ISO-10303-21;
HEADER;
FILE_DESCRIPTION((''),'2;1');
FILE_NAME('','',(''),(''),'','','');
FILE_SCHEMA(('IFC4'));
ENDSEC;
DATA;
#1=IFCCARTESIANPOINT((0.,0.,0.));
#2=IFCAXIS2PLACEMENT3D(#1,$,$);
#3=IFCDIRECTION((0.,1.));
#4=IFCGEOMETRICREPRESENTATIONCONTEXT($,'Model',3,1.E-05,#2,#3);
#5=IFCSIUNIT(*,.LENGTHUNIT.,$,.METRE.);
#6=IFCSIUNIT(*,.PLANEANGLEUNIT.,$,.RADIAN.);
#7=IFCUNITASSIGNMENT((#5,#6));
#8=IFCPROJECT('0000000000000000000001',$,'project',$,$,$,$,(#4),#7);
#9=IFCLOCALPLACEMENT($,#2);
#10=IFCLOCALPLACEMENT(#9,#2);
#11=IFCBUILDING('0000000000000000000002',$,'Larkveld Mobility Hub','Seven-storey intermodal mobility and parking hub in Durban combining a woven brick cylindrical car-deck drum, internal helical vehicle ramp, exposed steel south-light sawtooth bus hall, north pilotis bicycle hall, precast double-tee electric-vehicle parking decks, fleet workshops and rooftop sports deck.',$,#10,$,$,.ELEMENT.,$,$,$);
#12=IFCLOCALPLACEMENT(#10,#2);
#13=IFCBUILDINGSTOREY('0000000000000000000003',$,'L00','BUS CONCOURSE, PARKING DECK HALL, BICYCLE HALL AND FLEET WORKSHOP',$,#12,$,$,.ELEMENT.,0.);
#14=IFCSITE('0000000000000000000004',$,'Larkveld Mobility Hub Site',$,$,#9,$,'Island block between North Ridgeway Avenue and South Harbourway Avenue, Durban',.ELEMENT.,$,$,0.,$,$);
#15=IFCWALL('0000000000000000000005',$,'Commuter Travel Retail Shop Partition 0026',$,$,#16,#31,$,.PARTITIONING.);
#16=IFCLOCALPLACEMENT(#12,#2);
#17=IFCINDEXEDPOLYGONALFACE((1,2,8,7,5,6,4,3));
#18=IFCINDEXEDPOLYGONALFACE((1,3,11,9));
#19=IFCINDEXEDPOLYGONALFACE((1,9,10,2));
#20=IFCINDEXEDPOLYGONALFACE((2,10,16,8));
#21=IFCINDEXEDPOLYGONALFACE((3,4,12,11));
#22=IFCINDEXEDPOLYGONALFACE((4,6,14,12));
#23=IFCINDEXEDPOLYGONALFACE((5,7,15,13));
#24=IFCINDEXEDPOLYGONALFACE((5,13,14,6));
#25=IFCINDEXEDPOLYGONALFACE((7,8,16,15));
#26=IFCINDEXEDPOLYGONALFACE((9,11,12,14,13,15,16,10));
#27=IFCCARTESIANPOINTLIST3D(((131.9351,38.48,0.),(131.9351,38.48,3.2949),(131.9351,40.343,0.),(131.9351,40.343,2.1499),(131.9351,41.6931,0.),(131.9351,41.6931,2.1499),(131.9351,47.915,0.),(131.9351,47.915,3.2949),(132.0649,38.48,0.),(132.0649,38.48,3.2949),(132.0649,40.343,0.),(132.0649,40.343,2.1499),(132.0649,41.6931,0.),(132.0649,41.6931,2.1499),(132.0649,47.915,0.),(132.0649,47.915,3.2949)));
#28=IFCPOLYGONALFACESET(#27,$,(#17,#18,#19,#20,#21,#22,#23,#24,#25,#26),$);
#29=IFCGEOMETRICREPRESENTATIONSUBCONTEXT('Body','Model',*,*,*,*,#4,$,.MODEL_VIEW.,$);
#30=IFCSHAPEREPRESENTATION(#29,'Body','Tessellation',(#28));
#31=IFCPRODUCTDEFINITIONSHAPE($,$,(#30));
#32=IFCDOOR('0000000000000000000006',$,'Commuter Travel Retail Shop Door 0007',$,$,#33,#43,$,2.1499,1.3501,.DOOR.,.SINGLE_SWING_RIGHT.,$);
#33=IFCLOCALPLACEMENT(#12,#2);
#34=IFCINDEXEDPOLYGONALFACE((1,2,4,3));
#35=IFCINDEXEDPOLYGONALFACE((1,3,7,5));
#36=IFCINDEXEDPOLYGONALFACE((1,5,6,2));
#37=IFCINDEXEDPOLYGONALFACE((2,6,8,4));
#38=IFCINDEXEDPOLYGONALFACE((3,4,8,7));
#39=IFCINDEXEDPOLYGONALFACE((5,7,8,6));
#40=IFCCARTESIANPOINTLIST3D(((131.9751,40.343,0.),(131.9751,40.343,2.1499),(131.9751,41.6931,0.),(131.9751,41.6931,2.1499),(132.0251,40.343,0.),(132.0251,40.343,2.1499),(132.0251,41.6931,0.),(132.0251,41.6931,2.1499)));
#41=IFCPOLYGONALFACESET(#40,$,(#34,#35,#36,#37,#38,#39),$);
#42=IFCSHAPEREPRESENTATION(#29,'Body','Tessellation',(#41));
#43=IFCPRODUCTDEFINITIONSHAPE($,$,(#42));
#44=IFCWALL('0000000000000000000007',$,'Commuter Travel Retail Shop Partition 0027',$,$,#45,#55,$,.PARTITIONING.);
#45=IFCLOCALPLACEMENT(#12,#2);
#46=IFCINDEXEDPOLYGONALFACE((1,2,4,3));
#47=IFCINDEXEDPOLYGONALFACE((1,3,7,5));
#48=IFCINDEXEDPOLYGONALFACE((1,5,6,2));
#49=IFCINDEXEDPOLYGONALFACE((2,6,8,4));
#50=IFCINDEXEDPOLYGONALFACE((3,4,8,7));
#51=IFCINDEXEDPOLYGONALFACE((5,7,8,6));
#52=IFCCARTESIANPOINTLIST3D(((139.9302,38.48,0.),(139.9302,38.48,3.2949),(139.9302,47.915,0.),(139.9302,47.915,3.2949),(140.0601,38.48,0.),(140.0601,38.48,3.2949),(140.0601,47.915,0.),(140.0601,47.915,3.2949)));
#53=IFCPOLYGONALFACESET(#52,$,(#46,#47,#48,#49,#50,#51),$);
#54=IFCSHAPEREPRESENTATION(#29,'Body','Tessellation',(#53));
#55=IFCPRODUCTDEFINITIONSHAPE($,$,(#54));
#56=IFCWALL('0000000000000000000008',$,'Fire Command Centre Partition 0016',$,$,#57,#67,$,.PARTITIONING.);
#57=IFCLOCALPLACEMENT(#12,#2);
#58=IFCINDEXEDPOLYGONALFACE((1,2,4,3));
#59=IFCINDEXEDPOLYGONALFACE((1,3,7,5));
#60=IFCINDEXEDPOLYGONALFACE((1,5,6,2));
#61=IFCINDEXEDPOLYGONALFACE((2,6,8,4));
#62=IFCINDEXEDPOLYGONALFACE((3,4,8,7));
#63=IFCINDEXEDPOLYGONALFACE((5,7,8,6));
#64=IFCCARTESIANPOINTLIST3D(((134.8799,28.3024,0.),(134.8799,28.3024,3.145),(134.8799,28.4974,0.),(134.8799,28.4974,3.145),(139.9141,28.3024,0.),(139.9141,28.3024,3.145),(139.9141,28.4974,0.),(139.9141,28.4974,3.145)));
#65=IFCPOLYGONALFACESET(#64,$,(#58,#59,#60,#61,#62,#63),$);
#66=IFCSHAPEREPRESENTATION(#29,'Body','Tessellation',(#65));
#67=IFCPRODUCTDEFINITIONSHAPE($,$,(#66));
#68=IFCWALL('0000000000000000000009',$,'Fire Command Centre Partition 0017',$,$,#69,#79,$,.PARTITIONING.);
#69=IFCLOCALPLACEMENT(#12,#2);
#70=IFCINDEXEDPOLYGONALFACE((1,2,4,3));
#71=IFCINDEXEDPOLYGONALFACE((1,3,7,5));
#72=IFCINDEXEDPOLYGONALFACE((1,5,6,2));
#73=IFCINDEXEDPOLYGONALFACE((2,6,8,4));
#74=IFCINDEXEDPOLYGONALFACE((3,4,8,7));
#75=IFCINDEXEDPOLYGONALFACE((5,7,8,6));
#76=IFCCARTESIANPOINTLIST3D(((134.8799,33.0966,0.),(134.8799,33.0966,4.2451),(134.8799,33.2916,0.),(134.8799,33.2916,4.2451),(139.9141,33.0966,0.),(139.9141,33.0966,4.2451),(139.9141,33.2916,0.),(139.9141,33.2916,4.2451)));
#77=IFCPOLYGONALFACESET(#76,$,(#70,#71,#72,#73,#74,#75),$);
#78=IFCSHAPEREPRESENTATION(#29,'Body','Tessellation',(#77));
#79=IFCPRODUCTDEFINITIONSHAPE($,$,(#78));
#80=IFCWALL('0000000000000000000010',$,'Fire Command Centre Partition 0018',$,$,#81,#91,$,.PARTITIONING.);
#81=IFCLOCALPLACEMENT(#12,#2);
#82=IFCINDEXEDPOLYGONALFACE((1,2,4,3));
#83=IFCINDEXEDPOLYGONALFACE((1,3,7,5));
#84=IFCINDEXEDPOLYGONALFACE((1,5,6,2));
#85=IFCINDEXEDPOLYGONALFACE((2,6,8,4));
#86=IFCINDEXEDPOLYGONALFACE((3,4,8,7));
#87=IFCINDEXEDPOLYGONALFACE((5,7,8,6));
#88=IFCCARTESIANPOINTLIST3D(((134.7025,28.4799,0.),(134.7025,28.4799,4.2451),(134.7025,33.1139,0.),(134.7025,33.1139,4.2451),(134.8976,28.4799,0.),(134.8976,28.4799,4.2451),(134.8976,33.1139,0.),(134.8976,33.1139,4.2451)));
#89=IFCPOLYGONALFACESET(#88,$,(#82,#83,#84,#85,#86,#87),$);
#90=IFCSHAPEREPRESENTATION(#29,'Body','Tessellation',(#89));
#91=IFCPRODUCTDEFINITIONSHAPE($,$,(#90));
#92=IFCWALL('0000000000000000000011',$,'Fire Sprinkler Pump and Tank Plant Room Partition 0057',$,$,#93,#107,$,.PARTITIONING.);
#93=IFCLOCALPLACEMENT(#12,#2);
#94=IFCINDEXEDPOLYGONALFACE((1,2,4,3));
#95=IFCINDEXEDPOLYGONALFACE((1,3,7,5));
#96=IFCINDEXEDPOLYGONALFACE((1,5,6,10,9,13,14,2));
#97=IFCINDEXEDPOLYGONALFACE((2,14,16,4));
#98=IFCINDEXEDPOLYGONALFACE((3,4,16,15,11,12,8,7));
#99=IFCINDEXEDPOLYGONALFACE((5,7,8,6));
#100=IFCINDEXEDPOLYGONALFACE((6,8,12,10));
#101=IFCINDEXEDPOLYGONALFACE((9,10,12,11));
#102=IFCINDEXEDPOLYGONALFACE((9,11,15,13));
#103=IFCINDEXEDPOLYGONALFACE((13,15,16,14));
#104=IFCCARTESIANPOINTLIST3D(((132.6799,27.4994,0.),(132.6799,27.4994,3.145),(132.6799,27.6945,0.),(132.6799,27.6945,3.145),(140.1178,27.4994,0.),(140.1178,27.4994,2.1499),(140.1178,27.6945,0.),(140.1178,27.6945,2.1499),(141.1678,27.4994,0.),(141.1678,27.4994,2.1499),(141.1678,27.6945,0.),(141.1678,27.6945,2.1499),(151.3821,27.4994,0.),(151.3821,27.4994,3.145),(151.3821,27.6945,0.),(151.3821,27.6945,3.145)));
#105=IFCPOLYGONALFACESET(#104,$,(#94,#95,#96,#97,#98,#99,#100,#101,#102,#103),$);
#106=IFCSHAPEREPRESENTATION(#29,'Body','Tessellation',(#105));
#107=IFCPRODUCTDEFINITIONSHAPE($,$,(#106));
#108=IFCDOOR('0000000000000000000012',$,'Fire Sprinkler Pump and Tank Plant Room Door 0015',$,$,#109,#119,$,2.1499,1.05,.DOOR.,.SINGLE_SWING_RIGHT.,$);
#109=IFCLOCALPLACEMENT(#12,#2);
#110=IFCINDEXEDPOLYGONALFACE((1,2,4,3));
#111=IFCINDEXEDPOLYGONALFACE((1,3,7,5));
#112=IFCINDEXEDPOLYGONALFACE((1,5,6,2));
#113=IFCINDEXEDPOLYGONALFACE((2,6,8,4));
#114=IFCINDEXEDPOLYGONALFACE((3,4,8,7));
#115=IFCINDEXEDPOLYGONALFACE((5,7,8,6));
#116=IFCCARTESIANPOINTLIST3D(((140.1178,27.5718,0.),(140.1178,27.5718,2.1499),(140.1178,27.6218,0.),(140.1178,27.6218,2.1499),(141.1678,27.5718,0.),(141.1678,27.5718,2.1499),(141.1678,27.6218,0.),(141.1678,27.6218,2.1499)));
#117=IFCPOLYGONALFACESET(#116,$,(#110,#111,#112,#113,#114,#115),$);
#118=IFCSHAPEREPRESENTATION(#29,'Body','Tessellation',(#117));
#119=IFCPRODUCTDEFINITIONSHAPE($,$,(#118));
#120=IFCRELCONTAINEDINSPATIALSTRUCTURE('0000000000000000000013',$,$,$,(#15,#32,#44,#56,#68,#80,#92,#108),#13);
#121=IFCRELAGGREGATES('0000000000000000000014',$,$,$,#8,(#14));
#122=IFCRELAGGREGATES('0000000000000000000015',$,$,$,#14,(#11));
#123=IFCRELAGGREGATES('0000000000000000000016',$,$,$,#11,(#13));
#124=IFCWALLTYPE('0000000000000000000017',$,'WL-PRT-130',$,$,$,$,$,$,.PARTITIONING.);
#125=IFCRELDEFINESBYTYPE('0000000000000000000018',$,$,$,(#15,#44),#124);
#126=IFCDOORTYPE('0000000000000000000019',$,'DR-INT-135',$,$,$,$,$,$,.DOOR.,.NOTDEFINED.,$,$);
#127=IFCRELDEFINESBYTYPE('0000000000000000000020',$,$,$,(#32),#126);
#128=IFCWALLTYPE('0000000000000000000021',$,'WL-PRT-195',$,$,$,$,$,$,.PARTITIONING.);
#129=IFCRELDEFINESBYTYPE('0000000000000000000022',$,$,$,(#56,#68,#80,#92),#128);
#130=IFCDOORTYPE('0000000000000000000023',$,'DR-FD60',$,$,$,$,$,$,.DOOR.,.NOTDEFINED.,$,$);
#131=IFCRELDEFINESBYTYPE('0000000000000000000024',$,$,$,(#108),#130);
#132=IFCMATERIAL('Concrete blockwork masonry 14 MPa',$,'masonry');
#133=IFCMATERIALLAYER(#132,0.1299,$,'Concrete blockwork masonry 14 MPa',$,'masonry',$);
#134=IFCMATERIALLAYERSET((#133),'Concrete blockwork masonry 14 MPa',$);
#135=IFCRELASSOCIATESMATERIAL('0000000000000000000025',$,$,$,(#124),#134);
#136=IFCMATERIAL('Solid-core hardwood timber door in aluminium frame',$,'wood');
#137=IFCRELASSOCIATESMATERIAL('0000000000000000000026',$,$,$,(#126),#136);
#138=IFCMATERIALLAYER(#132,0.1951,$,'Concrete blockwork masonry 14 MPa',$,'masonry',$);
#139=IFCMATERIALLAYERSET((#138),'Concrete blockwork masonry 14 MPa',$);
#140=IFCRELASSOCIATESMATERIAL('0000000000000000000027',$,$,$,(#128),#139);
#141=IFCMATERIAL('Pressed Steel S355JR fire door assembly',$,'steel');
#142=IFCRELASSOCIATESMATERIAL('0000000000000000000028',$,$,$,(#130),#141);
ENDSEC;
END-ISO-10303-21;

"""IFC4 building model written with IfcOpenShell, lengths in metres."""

from ifc_helpers import new_model, si_unit, direction, frame, frame_2d, origin, place, context, subcontext, project, spatial, rectangle, extrude, material, layer, layer_set, type_object, element, fill, save


model = new_model("IFC4")

# Units and contexts
model_context = context("Model", 3, precision=1e-05, world=origin(), true_north=direction((0.0, 1.0)))
body_context = subcontext(model_context, "Body", "Model", "MODEL_VIEW")
ifc_project = project(units=[si_unit("LENGTHUNIT", "METRE"), si_unit("PLANEANGLEUNIT", "RADIAN")], contexts=[model_context])

# Site, building, storey
site_placement = place(None, origin())
site = spatial("IfcSite", under=ifc_project, at=site_placement, Name="Larkveld Mobility Hub Site", LongName="Island block between North Ridgeway Avenue and South Harbourway Avenue, Durban", CompositionType="ELEMENT", RefElevation=0.0)
building_placement = place(site_placement, origin())
building = spatial("IfcBuilding", under=site, at=building_placement, Name="Larkveld Mobility Hub", Description="Seven-storey intermodal mobility and parking hub in Durban combining a woven brick cylindrical car-deck drum, internal helical vehicle ramp, exposed steel south-light sawtooth bus hall, north pilotis bicycle hall, precast double-tee electric-vehicle parking decks, fleet workshops and rooftop sports deck.", CompositionType="ELEMENT")
storey_placement = place(building_placement, origin())
storey = spatial("IfcBuildingStorey", under=building, at=storey_placement, Name="L00", Description="BUS CONCOURSE, PARKING DECK HALL, BICYCLE HALL AND FLEET WORKSHOP", CompositionType="ELEMENT", Elevation=0.0)

# Shared definitions
ifc_material_1 = material(Name="Concrete blockwork masonry 14 MPa", Category="masonry")
ifc_layer_1 = layer(ifc_material_1, 0.1299, Name="Concrete blockwork masonry 14 MPa", Category="masonry")
ifc_layer_set_1 = layer_set([ifc_layer_1], Name="Concrete blockwork masonry 14 MPa")
wall_type_1 = type_object("IfcWallType", Name="WL-PRT-130", PredefinedType="PARTITIONING", material=ifc_layer_set_1)

# Wall, opening, door
wall_1_placement = place(storey_placement, frame((132.0, 38.48, 0.0), z_axis=(0.0, 0.0, 1.0), x_axis=(0.0, 1.0, 0.0)))
wall_1 = element("IfcWall", 1, at=wall_1_placement, inside=storey, type_object=wall_type_1, Name="Commuter Travel Retail Shop Partition 0026", PredefinedType="PARTITIONING", context=body_context, shape_type="SweptSolid", body=[
    extrude(rectangle(XDim=9.4351, YDim=0.1299, at=frame_2d((4.7175, 0.0))), origin(), (0.0, 0.0, 1.0), 3.2949),
])
opening_1_placement = place(wall_1_placement, frame((1.863, 0.0, 0.0)))
opening_1 = element("IfcOpeningElement", 2, at=opening_1_placement, cuts=wall_1, PredefinedType="OPENING", context=body_context, shape_type="SweptSolid", body=[
    extrude(rectangle(XDim=1.3501, YDim=2.1499, at=frame_2d((0.675, 1.075))), frame((0.0, 0.075, 0.0), z_axis=(0.0, -1.0, 0.0), x_axis=(1.0, 0.0, 0.0)), (0.0, 0.0, 1.0), 0.1499),
])
ifc_material_2 = material(Name="Solid-core hardwood timber door in aluminium frame", Category="wood")
door_type_1 = type_object("IfcDoorType", Name="DR-INT-135", OperationType="NOTDEFINED", PredefinedType="DOOR", material=ifc_material_2)
door_1_placement = place(opening_1_placement, origin())
door_1 = element("IfcDoor", 3, at=door_1_placement, inside=storey, type_object=door_type_1, Name="Commuter Travel Retail Shop Door 0007", OperationType="SINGLE_SWING_RIGHT", OverallHeight=2.1499, OverallWidth=1.3501, PredefinedType="DOOR", context=body_context, shape_type="SweptSolid", body=[
    extrude(rectangle(XDim=1.3501, YDim=2.1499, at=frame_2d((0.675, 1.075))), frame((0.0, 0.0249, 0.0), z_axis=(0.0, -1.0, 0.0), x_axis=(1.0, 0.0, 0.0)), (0.0, 0.0, 1.0), 0.05),
])
fill(opening_1, door_1)

# Walls
wall_2_placement = place(storey_placement, frame((139.9951, 38.48, 0.0), z_axis=(0.0, 0.0, 1.0), x_axis=(0.0, 1.0, 0.0)))
element("IfcWall", 4, at=wall_2_placement, inside=storey, type_object=wall_type_1, Name="Commuter Travel Retail Shop Partition 0027", PredefinedType="PARTITIONING", context=body_context, shape_type="SweptSolid", body=[
    extrude(rectangle(XDim=9.4351, YDim=0.1299, at=frame_2d((4.7175, 0.0))), origin(), (0.0, 0.0, 1.0), 3.2949),
])
ifc_layer_2 = layer(ifc_material_1, 0.1951, Name="Concrete blockwork masonry 14 MPa", Category="masonry")
ifc_layer_set_2 = layer_set([ifc_layer_2], Name="Concrete blockwork masonry 14 MPa")
wall_type_2 = type_object("IfcWallType", Name="WL-PRT-195", PredefinedType="PARTITIONING", material=ifc_layer_set_2)
wall_3_placement = place(storey_placement, frame((134.8799, 28.3999, 0.0), z_axis=(0.0, 0.0, 1.0), x_axis=(1.0, 0.0, 0.0)))
element("IfcWall", 5, at=wall_3_placement, inside=storey, type_object=wall_type_2, Name="Fire Command Centre Partition 0016", PredefinedType="PARTITIONING", context=body_context, shape_type="SweptSolid", body=[
    extrude(rectangle(XDim=5.0342, YDim=0.1951, at=frame_2d((2.5171, 0.0))), origin(), (0.0, 0.0, 1.0), 3.145),
])
wall_4_placement = place(storey_placement, frame((134.8799, 33.1941, 0.0), z_axis=(0.0, 0.0, 1.0), x_axis=(1.0, 0.0, 0.0)))
element("IfcWall", 6, at=wall_4_placement, inside=storey, type_object=wall_type_2, Name="Fire Command Centre Partition 0017", PredefinedType="PARTITIONING", context=body_context, shape_type="SweptSolid", body=[
    extrude(rectangle(XDim=5.0342, YDim=0.1951, at=frame_2d((2.5171, 0.0))), origin(), (0.0, 0.0, 1.0), 4.2451),
])
wall_5_placement = place(storey_placement, frame((134.8, 28.48, 0.0), z_axis=(0.0, 0.0, 1.0), x_axis=(0.0, 1.0, 0.0)))
element("IfcWall", 7, at=wall_5_placement, inside=storey, type_object=wall_type_2, Name="Fire Command Centre Partition 0018", PredefinedType="PARTITIONING", context=body_context, shape_type="SweptSolid", body=[
    extrude(rectangle(XDim=4.634, YDim=0.1951, at=frame_2d((2.3169, 0.0))), origin(), (0.0, 0.0, 1.0), 4.2451),
])

# Wall, opening, door
ifc_material_3 = material(Name="Pressed Steel S355JR fire door assembly", Category="steel")
door_type_2 = type_object("IfcDoorType", Name="DR-FD60", OperationType="NOTDEFINED", PredefinedType="DOOR", material=ifc_material_3)
wall_6_placement = place(storey_placement, frame((132.6799, 27.5969, 0.0), z_axis=(0.0, 0.0, 1.0), x_axis=(1.0, 0.0, 0.0)))
wall_6 = element("IfcWall", 8, at=wall_6_placement, inside=storey, type_object=wall_type_2, Name="Fire Sprinkler Pump and Tank Plant Room Partition 0057", PredefinedType="PARTITIONING", context=body_context, shape_type="SweptSolid", body=[
    extrude(rectangle(XDim=18.7021, YDim=0.1951, at=frame_2d((9.3511, 0.0))), origin(), (0.0, 0.0, 1.0), 3.145),
])
opening_2_placement = place(wall_6_placement, frame((7.438, 0.0, 0.0)))
opening_2 = element("IfcOpeningElement", 9, at=opening_2_placement, cuts=wall_6, PredefinedType="OPENING", context=body_context, shape_type="SweptSolid", body=[
    extrude(rectangle(XDim=1.05, YDim=2.1499, at=frame_2d((0.5249, 1.075))), frame((0.0, 0.1074, 0.0), z_axis=(0.0, -1.0, 0.0), x_axis=(1.0, 0.0, 0.0)), (0.0, 0.0, 1.0), 0.2151),
])
door_2_placement = place(opening_2_placement, origin())
door_2 = element("IfcDoor", 10, at=door_2_placement, inside=storey, type_object=door_type_2, Name="Fire Sprinkler Pump and Tank Plant Room Door 0015", OperationType="SINGLE_SWING_RIGHT", OverallHeight=2.1499, OverallWidth=1.05, PredefinedType="DOOR", context=body_context, shape_type="SweptSolid", body=[
    extrude(rectangle(XDim=1.05, YDim=2.1499, at=frame_2d((0.5249, 1.075))), frame((0.0, 0.0249, 0.0), z_axis=(0.0, -1.0, 0.0), x_axis=(1.0, 0.0, 0.0)), (0.0, 0.0, 1.0), 0.05),
])
fill(opening_2, door_2)

save(model, "model.ifc")
